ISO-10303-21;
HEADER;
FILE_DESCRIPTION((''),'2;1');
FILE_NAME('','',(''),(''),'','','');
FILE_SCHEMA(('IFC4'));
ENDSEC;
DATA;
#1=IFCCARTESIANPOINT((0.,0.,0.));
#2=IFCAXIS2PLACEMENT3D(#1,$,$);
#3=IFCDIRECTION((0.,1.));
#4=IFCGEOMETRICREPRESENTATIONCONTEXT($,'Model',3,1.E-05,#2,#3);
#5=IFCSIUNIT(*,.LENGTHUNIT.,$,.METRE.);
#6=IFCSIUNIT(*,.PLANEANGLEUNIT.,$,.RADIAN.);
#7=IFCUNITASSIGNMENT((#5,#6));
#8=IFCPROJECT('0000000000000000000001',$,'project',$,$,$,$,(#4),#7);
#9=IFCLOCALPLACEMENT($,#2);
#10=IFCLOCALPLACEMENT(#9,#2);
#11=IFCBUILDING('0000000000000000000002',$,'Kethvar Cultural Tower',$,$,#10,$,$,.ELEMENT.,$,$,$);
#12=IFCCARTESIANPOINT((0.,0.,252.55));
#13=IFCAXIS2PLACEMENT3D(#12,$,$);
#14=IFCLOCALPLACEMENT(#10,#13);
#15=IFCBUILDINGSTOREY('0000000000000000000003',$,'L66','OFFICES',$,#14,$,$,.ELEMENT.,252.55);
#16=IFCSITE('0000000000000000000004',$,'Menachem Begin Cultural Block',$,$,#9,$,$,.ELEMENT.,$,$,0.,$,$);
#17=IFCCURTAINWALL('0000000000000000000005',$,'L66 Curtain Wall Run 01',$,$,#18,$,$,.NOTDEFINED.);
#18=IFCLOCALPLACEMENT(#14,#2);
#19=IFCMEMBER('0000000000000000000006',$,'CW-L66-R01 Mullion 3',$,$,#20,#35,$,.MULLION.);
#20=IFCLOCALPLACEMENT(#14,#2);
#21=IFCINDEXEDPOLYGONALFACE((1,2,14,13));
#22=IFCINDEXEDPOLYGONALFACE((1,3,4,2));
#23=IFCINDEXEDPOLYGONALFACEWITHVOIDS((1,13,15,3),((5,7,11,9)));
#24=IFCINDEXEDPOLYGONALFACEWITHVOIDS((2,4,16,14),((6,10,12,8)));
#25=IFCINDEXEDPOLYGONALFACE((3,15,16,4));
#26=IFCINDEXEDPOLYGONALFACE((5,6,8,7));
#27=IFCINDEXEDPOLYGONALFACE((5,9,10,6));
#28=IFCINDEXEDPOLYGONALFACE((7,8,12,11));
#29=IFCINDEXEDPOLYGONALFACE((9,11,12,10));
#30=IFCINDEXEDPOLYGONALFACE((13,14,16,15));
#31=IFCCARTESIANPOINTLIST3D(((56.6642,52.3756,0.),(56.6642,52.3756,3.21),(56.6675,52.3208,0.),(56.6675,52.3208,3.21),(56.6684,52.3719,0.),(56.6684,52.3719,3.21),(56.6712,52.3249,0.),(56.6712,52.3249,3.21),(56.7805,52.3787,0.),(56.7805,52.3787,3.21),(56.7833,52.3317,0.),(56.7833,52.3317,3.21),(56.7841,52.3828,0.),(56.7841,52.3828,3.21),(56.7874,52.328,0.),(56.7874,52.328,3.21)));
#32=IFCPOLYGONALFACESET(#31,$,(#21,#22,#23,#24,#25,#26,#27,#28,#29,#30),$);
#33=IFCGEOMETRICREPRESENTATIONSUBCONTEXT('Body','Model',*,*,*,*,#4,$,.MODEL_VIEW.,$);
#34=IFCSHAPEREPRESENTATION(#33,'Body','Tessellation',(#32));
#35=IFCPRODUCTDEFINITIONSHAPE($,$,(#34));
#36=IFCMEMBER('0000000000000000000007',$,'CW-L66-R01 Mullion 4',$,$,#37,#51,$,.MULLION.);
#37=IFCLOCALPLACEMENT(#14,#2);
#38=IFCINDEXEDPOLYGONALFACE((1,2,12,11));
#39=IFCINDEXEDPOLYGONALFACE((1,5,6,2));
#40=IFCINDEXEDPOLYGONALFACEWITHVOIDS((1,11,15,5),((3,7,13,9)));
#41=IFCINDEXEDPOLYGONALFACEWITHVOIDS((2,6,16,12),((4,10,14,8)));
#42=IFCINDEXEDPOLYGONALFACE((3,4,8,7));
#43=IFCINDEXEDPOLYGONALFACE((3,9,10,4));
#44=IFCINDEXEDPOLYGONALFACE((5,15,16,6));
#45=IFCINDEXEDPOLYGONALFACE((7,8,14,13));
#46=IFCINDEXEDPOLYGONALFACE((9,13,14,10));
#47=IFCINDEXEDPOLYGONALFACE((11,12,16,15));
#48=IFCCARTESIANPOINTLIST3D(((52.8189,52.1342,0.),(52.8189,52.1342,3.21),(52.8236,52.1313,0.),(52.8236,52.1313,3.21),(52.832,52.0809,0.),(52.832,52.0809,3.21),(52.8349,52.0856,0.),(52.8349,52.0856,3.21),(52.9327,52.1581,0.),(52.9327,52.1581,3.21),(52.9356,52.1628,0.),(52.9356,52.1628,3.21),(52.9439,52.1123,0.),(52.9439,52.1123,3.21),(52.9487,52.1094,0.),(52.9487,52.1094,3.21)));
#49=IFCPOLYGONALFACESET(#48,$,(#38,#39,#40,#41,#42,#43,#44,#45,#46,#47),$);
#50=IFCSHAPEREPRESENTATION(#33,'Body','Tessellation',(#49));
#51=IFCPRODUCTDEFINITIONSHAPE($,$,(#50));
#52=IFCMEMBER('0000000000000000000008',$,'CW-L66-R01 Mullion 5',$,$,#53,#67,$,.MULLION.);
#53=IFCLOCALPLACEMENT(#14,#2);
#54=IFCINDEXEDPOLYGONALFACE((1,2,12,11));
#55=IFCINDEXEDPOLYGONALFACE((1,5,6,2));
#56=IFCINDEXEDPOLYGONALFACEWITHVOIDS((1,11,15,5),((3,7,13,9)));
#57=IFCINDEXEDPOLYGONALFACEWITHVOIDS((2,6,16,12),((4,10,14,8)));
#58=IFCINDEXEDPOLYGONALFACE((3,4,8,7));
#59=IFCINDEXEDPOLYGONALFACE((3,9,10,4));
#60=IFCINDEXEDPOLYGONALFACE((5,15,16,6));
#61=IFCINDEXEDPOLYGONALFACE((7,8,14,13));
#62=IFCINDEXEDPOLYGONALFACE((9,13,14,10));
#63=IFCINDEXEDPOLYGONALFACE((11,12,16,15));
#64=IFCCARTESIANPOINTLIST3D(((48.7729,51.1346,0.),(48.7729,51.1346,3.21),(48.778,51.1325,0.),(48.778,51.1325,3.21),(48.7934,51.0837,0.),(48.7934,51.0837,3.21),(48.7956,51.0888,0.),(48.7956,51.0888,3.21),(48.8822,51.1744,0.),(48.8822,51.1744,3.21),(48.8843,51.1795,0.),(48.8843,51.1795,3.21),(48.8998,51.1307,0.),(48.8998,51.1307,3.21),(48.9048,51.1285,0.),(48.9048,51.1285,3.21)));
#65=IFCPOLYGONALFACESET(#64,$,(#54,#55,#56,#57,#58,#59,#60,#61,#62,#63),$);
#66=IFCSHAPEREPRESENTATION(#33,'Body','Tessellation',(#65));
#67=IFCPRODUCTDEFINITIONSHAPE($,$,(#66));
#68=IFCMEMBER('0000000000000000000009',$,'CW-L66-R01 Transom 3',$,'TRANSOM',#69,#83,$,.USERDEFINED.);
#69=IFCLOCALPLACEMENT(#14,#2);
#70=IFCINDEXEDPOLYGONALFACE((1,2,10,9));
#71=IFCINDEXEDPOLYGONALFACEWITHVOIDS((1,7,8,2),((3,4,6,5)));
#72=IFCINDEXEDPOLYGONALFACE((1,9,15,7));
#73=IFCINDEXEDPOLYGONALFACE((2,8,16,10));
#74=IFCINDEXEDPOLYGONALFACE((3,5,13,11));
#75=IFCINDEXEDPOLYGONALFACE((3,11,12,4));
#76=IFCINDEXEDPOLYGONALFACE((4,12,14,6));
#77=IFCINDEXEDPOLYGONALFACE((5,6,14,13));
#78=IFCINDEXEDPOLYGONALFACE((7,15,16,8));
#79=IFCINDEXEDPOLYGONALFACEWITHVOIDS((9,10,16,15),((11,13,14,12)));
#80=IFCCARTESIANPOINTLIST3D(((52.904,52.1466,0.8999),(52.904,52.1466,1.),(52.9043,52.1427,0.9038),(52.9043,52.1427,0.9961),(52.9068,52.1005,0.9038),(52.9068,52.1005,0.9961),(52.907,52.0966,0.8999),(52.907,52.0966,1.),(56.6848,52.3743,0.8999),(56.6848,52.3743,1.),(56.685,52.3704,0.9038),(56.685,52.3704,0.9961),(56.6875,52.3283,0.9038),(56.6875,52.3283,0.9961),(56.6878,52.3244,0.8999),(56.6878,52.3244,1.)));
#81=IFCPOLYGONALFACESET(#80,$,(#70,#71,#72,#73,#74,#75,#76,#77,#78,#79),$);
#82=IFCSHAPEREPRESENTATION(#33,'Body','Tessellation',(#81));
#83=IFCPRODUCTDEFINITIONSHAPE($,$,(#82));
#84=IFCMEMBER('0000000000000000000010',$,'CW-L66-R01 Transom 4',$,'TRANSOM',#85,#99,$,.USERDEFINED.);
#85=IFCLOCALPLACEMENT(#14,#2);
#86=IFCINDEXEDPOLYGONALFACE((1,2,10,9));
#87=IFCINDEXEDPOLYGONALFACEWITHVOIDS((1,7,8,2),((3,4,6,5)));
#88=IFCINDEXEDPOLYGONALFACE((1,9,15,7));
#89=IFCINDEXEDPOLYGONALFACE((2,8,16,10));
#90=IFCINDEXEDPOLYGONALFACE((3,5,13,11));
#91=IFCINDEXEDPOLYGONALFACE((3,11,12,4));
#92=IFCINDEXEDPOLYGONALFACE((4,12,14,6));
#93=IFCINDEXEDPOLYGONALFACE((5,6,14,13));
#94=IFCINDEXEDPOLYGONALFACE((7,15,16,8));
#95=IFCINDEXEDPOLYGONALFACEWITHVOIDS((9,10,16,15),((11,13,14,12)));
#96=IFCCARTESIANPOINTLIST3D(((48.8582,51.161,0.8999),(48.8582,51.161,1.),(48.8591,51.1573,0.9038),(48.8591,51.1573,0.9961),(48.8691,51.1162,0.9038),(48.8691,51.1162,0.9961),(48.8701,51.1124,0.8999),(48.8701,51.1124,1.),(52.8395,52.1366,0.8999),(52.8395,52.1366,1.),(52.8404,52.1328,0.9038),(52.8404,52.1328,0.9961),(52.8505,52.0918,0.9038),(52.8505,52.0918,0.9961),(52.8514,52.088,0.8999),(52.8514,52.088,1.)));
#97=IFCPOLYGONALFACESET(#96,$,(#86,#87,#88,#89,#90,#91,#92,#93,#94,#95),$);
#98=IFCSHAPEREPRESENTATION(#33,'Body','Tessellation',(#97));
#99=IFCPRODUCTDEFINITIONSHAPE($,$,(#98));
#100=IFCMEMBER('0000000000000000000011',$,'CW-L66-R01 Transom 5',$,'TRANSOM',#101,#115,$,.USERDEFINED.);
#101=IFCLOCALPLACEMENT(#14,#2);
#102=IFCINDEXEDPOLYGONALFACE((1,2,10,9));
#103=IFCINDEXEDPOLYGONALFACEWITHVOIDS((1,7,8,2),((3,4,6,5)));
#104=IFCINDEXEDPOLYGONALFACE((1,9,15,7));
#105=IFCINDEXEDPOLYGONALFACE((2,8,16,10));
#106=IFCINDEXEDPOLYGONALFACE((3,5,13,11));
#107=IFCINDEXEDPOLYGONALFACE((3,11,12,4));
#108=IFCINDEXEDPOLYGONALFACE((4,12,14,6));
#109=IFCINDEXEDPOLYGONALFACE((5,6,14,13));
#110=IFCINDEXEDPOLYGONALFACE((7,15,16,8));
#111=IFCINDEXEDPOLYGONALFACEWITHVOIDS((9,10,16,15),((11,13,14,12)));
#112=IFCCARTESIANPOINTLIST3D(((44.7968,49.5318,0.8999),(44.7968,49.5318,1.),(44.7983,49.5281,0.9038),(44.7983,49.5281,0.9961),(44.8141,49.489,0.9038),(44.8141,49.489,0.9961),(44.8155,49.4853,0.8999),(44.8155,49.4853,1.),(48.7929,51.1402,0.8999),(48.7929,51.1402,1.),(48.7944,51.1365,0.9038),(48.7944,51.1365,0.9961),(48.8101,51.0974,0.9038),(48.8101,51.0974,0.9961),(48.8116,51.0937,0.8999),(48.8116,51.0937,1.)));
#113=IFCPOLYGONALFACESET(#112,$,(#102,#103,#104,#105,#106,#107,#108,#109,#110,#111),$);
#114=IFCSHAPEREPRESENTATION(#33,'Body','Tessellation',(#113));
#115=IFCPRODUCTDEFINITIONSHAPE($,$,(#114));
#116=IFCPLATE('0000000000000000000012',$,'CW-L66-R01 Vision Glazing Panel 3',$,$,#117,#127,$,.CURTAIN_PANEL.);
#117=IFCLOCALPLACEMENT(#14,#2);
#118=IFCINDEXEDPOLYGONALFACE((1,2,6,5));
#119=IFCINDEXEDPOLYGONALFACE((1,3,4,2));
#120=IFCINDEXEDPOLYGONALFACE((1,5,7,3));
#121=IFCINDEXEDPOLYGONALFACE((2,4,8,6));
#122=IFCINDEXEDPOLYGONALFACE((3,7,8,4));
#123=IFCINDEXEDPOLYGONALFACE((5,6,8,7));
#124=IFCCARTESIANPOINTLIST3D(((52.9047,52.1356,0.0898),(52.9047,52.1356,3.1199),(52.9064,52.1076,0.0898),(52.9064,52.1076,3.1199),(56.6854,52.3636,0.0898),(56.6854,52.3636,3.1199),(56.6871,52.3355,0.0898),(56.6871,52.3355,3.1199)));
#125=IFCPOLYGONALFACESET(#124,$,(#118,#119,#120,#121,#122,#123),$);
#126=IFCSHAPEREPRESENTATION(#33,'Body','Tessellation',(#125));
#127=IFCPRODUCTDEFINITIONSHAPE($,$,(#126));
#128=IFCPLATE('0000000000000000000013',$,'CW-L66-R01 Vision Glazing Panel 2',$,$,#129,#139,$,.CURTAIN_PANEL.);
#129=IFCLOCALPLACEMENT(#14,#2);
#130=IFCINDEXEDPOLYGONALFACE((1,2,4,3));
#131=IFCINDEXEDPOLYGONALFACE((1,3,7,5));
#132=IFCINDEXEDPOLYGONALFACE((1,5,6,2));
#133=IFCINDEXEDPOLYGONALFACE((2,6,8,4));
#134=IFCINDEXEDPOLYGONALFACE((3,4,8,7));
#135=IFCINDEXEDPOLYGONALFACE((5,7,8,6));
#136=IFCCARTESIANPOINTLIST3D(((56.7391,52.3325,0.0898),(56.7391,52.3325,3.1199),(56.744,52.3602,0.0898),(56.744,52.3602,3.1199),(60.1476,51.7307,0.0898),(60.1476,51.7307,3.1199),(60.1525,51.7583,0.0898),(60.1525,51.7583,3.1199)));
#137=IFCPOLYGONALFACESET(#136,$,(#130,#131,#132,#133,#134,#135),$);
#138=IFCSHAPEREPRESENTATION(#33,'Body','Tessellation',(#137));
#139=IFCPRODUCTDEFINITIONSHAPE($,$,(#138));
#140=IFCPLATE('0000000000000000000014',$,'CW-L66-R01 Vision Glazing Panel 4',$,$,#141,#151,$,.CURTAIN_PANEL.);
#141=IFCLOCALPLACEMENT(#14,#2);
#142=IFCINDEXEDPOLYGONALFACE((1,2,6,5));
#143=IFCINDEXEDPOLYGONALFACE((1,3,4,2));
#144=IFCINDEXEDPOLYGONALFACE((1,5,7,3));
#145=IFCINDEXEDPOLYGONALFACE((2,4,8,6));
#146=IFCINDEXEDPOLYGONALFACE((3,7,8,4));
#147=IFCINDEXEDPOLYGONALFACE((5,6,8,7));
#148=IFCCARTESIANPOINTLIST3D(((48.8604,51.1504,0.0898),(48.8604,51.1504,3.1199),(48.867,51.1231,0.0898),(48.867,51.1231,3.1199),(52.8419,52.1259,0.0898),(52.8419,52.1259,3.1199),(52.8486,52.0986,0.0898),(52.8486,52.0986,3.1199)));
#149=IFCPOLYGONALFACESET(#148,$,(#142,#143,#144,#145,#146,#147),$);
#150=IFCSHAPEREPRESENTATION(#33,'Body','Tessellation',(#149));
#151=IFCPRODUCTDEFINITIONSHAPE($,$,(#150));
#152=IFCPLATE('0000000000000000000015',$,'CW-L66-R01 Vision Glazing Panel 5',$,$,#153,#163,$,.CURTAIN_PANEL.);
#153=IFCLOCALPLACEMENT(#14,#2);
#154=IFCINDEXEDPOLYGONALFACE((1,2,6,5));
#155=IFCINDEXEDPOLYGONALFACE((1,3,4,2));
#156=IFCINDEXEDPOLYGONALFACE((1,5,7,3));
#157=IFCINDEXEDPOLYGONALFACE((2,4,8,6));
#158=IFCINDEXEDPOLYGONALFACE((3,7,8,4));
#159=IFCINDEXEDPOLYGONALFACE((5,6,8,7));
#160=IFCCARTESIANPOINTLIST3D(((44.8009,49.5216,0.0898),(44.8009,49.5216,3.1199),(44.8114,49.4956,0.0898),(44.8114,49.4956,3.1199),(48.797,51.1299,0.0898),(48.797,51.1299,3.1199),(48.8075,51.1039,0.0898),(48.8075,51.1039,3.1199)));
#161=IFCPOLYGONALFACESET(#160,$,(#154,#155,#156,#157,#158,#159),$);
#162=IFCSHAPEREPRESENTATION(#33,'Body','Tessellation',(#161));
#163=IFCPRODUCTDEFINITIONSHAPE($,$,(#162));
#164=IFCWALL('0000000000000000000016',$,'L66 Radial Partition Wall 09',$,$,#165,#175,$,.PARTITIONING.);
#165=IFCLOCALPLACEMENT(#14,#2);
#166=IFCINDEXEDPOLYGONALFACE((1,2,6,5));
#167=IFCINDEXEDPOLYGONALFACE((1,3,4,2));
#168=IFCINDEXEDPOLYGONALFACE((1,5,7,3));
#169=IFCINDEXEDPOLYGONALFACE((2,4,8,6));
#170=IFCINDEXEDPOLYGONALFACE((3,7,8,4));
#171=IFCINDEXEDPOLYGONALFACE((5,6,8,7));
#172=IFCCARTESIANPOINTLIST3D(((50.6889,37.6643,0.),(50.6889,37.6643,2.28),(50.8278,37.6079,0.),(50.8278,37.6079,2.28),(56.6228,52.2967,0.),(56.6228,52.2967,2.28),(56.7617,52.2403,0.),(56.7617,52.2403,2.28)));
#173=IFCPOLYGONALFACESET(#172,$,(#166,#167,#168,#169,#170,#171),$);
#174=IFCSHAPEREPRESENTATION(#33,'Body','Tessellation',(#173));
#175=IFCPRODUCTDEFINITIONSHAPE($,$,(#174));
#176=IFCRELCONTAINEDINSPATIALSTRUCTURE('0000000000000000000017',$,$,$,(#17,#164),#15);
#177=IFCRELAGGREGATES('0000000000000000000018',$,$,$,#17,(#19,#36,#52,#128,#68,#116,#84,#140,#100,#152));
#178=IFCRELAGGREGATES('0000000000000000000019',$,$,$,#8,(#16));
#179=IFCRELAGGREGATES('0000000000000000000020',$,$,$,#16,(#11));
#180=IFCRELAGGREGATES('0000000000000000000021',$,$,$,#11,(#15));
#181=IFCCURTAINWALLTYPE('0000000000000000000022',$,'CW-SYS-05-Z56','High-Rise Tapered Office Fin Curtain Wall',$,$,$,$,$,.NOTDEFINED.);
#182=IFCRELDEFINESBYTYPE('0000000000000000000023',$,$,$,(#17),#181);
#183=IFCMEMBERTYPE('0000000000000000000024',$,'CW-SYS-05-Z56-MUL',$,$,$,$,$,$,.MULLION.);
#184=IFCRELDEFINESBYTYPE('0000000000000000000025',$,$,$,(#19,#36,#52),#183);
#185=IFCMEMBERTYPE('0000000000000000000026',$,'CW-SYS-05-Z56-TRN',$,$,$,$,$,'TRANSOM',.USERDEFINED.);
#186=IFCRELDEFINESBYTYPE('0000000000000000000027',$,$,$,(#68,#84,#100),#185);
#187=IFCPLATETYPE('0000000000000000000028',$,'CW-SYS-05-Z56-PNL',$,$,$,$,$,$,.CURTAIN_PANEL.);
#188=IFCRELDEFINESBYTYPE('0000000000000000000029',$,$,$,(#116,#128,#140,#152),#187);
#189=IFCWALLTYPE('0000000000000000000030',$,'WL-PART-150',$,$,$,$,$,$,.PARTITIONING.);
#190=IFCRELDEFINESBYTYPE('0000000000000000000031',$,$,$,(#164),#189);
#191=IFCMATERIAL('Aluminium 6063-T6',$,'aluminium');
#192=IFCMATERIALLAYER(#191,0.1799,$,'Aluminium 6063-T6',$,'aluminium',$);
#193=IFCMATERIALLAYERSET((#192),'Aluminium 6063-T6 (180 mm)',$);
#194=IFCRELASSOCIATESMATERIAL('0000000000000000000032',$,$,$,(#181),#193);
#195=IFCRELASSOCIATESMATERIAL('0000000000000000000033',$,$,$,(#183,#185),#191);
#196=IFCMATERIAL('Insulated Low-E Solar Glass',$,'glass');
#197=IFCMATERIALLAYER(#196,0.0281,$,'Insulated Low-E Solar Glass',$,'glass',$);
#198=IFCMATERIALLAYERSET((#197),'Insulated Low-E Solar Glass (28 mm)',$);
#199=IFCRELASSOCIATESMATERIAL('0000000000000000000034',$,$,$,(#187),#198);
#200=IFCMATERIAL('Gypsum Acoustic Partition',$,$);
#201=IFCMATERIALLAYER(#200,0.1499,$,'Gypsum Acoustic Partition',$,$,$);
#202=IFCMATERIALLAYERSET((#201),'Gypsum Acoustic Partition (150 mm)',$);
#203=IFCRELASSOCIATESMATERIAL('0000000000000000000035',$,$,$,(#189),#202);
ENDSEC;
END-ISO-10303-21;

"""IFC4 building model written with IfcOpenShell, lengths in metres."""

from ifc_helpers import new_model, si_unit, direction, frame, frame_2d, origin, origin_2d, place, context, subcontext, project, spatial, rectangle, hollow_rectangle, extrude, source, transform, mapped, material, layer, layer_set, material_profile, profile_set, type_object, element, aggregate, save


model = new_model("IFC4")

# Units and contexts
model_context = context("Model", 3, precision=1e-05, world=origin(), true_north=direction((0.0, 1.0)))
body_context = subcontext(model_context, "Body", "Model", "MODEL_VIEW")
ifc_project = project(units=[si_unit("LENGTHUNIT", "METRE"), si_unit("PLANEANGLEUNIT", "RADIAN")], contexts=[model_context])

# Site, building, storey
site_placement = place(None, origin())
site = spatial("IfcSite", under=ifc_project, at=site_placement, Name="Menachem Begin Cultural Block", CompositionType="ELEMENT", RefElevation=0.0)
building_placement = place(site_placement, origin())
building = spatial("IfcBuilding", under=site, at=building_placement, Name="Kethvar Cultural Tower", CompositionType="ELEMENT")
storey_placement = place(building_placement, frame((0.0, 0.0, 252.55)))
storey = spatial("IfcBuildingStorey", under=building, at=storey_placement, Name="L66", Description="OFFICES", CompositionType="ELEMENT", Elevation=252.55)

# Curtain wall, members, plates
ifc_material_1 = material(Name="Aluminium 6063-T6", Category="aluminium")
ifc_layer_1 = layer(ifc_material_1, 0.1799, Name="Aluminium 6063-T6", Category="aluminium")
ifc_layer_set_1 = layer_set([ifc_layer_1], Name="Aluminium 6063-T6 (180 mm)")
curtain_wall_type = type_object("IfcCurtainWallType", Name="CW-SYS-05-Z56", Description="High-Rise Tapered Office Fin Curtain Wall", PredefinedType="NOTDEFINED", material=ifc_layer_set_1)
curtain_wall_placement = place(storey_placement, origin())
curtain_wall = element("IfcCurtainWall", 1, at=curtain_wall_placement, inside=storey, type_object=curtain_wall_type, Name="L66 Curtain Wall Run 01", PredefinedType="NOTDEFINED")
ifc_material_profile_1 = material_profile(ifc_material_1, hollow_rectangle(XDim=0.0549, YDim=0.1201, WallThickness=0.0039, at=origin_2d()), Name="Aluminium 6063-T6 — RHS120x55x4")
ifc_profile_set_1 = profile_set([ifc_material_profile_1], Name="Aluminium 6063-T6 — RHS120x55x4")
member_type_1 = type_object("IfcMemberType", Name="CW-SYS-05-Z56-MUL", PredefinedType="MULLION", material=ifc_profile_set_1)
shared_shape_1 = source(origin(), body_context, "Body", "SweptSolid", [
    extrude(hollow_rectangle(XDim=0.0549, YDim=0.1201, WallThickness=0.0039, at=origin_2d()), origin(), (0.0, 0.0, 1.0), 3.21),
])
member_1_placement = place(storey_placement, frame((56.7258, 52.3518, 0.0), z_axis=(0.0, 0.0, 1.0), x_axis=(0.060177, -0.998188, 0.0)))
member_1 = element("IfcMember", 2, at=member_1_placement, type_object=member_type_1, Name="CW-L66-R01 Mullion 3", PredefinedType="MULLION", context=body_context, shape_type="MappedRepresentation", body=[
    mapped(shared_shape_1, transform((0.0, 0.0, 0.0), scale=1.0)),
])
member_2_placement = place(storey_placement, frame((52.8838, 52.1218, 0.0), z_axis=(0.0, 0.0, 1.0), x_axis=(0.237974, -0.971272, 0.0)))
member_2 = element("IfcMember", 3, at=member_2_placement, type_object=member_type_1, Name="CW-L66-R01 Mullion 4", PredefinedType="MULLION", context=body_context, shape_type="MappedRepresentation", body=[
    mapped(shared_shape_1, transform((0.0, 0.0, 0.0), scale=1.0)),
])
member_3_placement = place(storey_placement, frame((48.8389, 51.1316, 0.0), z_axis=(0.0, 0.0, 1.0), x_axis=(0.37336, -0.927686, 0.0)))
member_3 = element("IfcMember", 4, at=member_3_placement, type_object=member_type_1, Name="CW-L66-R01 Mullion 5", PredefinedType="MULLION", context=body_context, shape_type="MappedRepresentation", body=[
    mapped(shared_shape_1, transform((0.0, 0.0, 0.0), scale=1.0)),
])
ifc_material_profile_2 = material_profile(ifc_material_1, hollow_rectangle(XDim=0.05, YDim=0.1001, WallThickness=0.0039, at=origin_2d()), Name="Aluminium 6063-T6 — RHS100x50x4")
ifc_profile_set_2 = profile_set([ifc_material_profile_2], Name="Aluminium 6063-T6 — RHS100x50x4")
member_type_2 = type_object("IfcMemberType", Name="CW-SYS-05-Z56-TRN", ElementType="TRANSOM", PredefinedType="USERDEFINED", material=ifc_profile_set_2)
shared_shape_2 = source(origin(), body_context, "Body", "SweptSolid", [
    extrude(hollow_rectangle(XDim=0.05, YDim=0.1001, WallThickness=0.0039, at=origin_2d()), origin(), (0.0, 0.0, 1.0), 3.7876),
])
member_4_placement = place(storey_placement, frame((56.6863, 52.3494, 0.95), z_axis=(-0.99819, -0.060139, 0.0), x_axis=(0.060139, -0.99819, 0.0)))
member_4 = element("IfcMember", 5, at=member_4_placement, type_object=member_type_2, Name="CW-L66-R01 Transom 3", ObjectType="TRANSOM", PredefinedType="USERDEFINED", context=body_context, shape_type="MappedRepresentation", body=[
    mapped(shared_shape_2, transform((0.0, 0.0, 0.0), scale=1.0)),
])
shared_shape_3 = source(origin(), body_context, "Body", "SweptSolid", [
    extrude(hollow_rectangle(XDim=0.05, YDim=0.1001, WallThickness=0.0039, at=origin_2d()), origin(), (0.0, 0.0, 1.0), 4.0991),
])
member_5_placement = place(storey_placement, frame((52.8455, 52.1123, 0.95), z_axis=(-0.971267, -0.237993, 0.0), x_axis=(0.237993, -0.971267, 0.0)))
member_5 = element("IfcMember", 6, at=member_5_placement, type_object=member_type_2, Name="CW-L66-R01 Transom 4", ObjectType="TRANSOM", PredefinedType="USERDEFINED", context=body_context, shape_type="MappedRepresentation", body=[
    mapped(shared_shape_3, transform((0.0, 0.0, 0.0), scale=1.0)),
])
shared_shape_4 = source(origin(), body_context, "Body", "SweptSolid", [
    extrude(hollow_rectangle(XDim=0.05, YDim=0.1001, WallThickness=0.0039, at=origin_2d()), origin(), (0.0, 0.0, 1.0), 4.3076),
])
member_6_placement = place(storey_placement, frame((48.8022, 51.1169, 0.95), z_axis=(-0.927677, -0.373383, 0.0), x_axis=(0.373383, -0.927677, 0.0)))
member_6 = element("IfcMember", 7, at=member_6_placement, type_object=member_type_2, Name="CW-L66-R01 Transom 5", ObjectType="TRANSOM", PredefinedType="USERDEFINED", context=body_context, shape_type="MappedRepresentation", body=[
    mapped(shared_shape_4, transform((0.0, 0.0, 0.0), scale=1.0)),
])
ifc_material_2 = material(Name="Insulated Low-E Solar Glass", Category="glass")
ifc_layer_2 = layer(ifc_material_2, 0.0281, Name="Insulated Low-E Solar Glass", Category="glass")
ifc_layer_set_2 = layer_set([ifc_layer_2], Name="Insulated Low-E Solar Glass (28 mm)")
plate_type = type_object("IfcPlateType", Name="CW-SYS-05-Z56-PNL", PredefinedType="CURTAIN_PANEL", material=ifc_layer_set_2)
shared_shape_5 = source(origin(), body_context, "Body", "SweptSolid", [
    extrude(rectangle(XDim=3.7876, YDim=0.0281, at=origin_2d()), origin(), (0.0, 0.0, 1.0), 3.03),
])
plate_1_placement = place(storey_placement, frame((54.7959, 52.2356, 0.0898), z_axis=(0.0, 0.0, 1.0), x_axis=(-0.998188, -0.060177, 0.0)))
plate_1 = element("IfcPlate", 8, at=plate_1_placement, type_object=plate_type, Name="CW-L66-R01 Vision Glazing Panel 3", PredefinedType="CURTAIN_PANEL", context=body_context, shape_type="MappedRepresentation", body=[
    mapped(shared_shape_5, transform((0.0, 0.0, 0.0), scale=1.0)),
])
shared_shape_6 = source(origin(), body_context, "Body", "SweptSolid", [
    extrude(rectangle(XDim=3.4612, YDim=0.0281, at=origin_2d()), origin(), (0.0, 0.0, 1.0), 3.03),
])
plate_2_placement = place(storey_placement, frame((58.4458, 52.0454, 0.0898), z_axis=(0.0, 0.0, 1.0), x_axis=(-0.984765, 0.173889, 0.0)))
plate_2 = element("IfcPlate", 9, at=plate_2_placement, type_object=plate_type, Name="CW-L66-R01 Vision Glazing Panel 2", PredefinedType="CURTAIN_PANEL", context=body_context, shape_type="MappedRepresentation", body=[
    mapped(shared_shape_6, transform((0.0, 0.0, 0.0), scale=1.0)),
])
shared_shape_7 = source(origin(), body_context, "Body", "SweptSolid", [
    extrude(rectangle(XDim=4.0994, YDim=0.0281, at=origin_2d()), origin(), (0.0, 0.0, 1.0), 3.03),
])
plate_3_placement = place(storey_placement, frame((50.8545, 51.6245, 0.0898), z_axis=(0.0, 0.0, 1.0), x_axis=(-0.971272, -0.237974, 0.0)))
plate_3 = element("IfcPlate", 10, at=plate_3_placement, type_object=plate_type, Name="CW-L66-R01 Vision Glazing Panel 4", PredefinedType="CURTAIN_PANEL", context=body_context, shape_type="MappedRepresentation", body=[
    mapped(shared_shape_7, transform((0.0, 0.0, 0.0), scale=1.0)),
])
shared_shape_8 = source(origin(), body_context, "Body", "SweptSolid", [
    extrude(rectangle(XDim=4.3076, YDim=0.0281, at=origin_2d()), origin(), (0.0, 0.0, 1.0), 3.03),
])
plate_4_placement = place(storey_placement, frame((46.8042, 50.3127, 0.0898), z_axis=(0.0, 0.0, 1.0), x_axis=(-0.927686, -0.37336, 0.0)))
plate_4 = element("IfcPlate", 11, at=plate_4_placement, type_object=plate_type, Name="CW-L66-R01 Vision Glazing Panel 5", PredefinedType="CURTAIN_PANEL", context=body_context, shape_type="MappedRepresentation", body=[
    mapped(shared_shape_8, transform((0.0, 0.0, 0.0), scale=1.0)),
])
aggregate(curtain_wall, [member_1, member_2, member_3, plate_2, member_4, plate_1, member_5, plate_3, member_6, plate_4])

# Wall
ifc_material_3 = material(Name="Gypsum Acoustic Partition")
ifc_layer_3 = layer(ifc_material_3, 0.1499, Name="Gypsum Acoustic Partition")
ifc_layer_set_3 = layer_set([ifc_layer_3], Name="Gypsum Acoustic Partition (150 mm)")
wall_type = type_object("IfcWallType", Name="WL-PART-150", PredefinedType="PARTITIONING", material=ifc_layer_set_3)
wall_1_placement = place(storey_placement, frame((50.7583, 37.636, 0.0), z_axis=(0.0, 0.0, 1.0), x_axis=(0.375804, 0.926699, 0.0)))
element("IfcWall", 12, at=wall_1_placement, inside=storey, type_object=wall_type, Name="L66 Radial Partition Wall 09", PredefinedType="PARTITIONING", context=body_context, shape_type="SweptSolid", body=[
    extrude(rectangle(XDim=15.7898, YDim=0.1499, at=frame_2d((7.895, 0.0))), origin(), (0.0, 0.0, 1.0), 2.28),
])

save(model, "model.ifc")
